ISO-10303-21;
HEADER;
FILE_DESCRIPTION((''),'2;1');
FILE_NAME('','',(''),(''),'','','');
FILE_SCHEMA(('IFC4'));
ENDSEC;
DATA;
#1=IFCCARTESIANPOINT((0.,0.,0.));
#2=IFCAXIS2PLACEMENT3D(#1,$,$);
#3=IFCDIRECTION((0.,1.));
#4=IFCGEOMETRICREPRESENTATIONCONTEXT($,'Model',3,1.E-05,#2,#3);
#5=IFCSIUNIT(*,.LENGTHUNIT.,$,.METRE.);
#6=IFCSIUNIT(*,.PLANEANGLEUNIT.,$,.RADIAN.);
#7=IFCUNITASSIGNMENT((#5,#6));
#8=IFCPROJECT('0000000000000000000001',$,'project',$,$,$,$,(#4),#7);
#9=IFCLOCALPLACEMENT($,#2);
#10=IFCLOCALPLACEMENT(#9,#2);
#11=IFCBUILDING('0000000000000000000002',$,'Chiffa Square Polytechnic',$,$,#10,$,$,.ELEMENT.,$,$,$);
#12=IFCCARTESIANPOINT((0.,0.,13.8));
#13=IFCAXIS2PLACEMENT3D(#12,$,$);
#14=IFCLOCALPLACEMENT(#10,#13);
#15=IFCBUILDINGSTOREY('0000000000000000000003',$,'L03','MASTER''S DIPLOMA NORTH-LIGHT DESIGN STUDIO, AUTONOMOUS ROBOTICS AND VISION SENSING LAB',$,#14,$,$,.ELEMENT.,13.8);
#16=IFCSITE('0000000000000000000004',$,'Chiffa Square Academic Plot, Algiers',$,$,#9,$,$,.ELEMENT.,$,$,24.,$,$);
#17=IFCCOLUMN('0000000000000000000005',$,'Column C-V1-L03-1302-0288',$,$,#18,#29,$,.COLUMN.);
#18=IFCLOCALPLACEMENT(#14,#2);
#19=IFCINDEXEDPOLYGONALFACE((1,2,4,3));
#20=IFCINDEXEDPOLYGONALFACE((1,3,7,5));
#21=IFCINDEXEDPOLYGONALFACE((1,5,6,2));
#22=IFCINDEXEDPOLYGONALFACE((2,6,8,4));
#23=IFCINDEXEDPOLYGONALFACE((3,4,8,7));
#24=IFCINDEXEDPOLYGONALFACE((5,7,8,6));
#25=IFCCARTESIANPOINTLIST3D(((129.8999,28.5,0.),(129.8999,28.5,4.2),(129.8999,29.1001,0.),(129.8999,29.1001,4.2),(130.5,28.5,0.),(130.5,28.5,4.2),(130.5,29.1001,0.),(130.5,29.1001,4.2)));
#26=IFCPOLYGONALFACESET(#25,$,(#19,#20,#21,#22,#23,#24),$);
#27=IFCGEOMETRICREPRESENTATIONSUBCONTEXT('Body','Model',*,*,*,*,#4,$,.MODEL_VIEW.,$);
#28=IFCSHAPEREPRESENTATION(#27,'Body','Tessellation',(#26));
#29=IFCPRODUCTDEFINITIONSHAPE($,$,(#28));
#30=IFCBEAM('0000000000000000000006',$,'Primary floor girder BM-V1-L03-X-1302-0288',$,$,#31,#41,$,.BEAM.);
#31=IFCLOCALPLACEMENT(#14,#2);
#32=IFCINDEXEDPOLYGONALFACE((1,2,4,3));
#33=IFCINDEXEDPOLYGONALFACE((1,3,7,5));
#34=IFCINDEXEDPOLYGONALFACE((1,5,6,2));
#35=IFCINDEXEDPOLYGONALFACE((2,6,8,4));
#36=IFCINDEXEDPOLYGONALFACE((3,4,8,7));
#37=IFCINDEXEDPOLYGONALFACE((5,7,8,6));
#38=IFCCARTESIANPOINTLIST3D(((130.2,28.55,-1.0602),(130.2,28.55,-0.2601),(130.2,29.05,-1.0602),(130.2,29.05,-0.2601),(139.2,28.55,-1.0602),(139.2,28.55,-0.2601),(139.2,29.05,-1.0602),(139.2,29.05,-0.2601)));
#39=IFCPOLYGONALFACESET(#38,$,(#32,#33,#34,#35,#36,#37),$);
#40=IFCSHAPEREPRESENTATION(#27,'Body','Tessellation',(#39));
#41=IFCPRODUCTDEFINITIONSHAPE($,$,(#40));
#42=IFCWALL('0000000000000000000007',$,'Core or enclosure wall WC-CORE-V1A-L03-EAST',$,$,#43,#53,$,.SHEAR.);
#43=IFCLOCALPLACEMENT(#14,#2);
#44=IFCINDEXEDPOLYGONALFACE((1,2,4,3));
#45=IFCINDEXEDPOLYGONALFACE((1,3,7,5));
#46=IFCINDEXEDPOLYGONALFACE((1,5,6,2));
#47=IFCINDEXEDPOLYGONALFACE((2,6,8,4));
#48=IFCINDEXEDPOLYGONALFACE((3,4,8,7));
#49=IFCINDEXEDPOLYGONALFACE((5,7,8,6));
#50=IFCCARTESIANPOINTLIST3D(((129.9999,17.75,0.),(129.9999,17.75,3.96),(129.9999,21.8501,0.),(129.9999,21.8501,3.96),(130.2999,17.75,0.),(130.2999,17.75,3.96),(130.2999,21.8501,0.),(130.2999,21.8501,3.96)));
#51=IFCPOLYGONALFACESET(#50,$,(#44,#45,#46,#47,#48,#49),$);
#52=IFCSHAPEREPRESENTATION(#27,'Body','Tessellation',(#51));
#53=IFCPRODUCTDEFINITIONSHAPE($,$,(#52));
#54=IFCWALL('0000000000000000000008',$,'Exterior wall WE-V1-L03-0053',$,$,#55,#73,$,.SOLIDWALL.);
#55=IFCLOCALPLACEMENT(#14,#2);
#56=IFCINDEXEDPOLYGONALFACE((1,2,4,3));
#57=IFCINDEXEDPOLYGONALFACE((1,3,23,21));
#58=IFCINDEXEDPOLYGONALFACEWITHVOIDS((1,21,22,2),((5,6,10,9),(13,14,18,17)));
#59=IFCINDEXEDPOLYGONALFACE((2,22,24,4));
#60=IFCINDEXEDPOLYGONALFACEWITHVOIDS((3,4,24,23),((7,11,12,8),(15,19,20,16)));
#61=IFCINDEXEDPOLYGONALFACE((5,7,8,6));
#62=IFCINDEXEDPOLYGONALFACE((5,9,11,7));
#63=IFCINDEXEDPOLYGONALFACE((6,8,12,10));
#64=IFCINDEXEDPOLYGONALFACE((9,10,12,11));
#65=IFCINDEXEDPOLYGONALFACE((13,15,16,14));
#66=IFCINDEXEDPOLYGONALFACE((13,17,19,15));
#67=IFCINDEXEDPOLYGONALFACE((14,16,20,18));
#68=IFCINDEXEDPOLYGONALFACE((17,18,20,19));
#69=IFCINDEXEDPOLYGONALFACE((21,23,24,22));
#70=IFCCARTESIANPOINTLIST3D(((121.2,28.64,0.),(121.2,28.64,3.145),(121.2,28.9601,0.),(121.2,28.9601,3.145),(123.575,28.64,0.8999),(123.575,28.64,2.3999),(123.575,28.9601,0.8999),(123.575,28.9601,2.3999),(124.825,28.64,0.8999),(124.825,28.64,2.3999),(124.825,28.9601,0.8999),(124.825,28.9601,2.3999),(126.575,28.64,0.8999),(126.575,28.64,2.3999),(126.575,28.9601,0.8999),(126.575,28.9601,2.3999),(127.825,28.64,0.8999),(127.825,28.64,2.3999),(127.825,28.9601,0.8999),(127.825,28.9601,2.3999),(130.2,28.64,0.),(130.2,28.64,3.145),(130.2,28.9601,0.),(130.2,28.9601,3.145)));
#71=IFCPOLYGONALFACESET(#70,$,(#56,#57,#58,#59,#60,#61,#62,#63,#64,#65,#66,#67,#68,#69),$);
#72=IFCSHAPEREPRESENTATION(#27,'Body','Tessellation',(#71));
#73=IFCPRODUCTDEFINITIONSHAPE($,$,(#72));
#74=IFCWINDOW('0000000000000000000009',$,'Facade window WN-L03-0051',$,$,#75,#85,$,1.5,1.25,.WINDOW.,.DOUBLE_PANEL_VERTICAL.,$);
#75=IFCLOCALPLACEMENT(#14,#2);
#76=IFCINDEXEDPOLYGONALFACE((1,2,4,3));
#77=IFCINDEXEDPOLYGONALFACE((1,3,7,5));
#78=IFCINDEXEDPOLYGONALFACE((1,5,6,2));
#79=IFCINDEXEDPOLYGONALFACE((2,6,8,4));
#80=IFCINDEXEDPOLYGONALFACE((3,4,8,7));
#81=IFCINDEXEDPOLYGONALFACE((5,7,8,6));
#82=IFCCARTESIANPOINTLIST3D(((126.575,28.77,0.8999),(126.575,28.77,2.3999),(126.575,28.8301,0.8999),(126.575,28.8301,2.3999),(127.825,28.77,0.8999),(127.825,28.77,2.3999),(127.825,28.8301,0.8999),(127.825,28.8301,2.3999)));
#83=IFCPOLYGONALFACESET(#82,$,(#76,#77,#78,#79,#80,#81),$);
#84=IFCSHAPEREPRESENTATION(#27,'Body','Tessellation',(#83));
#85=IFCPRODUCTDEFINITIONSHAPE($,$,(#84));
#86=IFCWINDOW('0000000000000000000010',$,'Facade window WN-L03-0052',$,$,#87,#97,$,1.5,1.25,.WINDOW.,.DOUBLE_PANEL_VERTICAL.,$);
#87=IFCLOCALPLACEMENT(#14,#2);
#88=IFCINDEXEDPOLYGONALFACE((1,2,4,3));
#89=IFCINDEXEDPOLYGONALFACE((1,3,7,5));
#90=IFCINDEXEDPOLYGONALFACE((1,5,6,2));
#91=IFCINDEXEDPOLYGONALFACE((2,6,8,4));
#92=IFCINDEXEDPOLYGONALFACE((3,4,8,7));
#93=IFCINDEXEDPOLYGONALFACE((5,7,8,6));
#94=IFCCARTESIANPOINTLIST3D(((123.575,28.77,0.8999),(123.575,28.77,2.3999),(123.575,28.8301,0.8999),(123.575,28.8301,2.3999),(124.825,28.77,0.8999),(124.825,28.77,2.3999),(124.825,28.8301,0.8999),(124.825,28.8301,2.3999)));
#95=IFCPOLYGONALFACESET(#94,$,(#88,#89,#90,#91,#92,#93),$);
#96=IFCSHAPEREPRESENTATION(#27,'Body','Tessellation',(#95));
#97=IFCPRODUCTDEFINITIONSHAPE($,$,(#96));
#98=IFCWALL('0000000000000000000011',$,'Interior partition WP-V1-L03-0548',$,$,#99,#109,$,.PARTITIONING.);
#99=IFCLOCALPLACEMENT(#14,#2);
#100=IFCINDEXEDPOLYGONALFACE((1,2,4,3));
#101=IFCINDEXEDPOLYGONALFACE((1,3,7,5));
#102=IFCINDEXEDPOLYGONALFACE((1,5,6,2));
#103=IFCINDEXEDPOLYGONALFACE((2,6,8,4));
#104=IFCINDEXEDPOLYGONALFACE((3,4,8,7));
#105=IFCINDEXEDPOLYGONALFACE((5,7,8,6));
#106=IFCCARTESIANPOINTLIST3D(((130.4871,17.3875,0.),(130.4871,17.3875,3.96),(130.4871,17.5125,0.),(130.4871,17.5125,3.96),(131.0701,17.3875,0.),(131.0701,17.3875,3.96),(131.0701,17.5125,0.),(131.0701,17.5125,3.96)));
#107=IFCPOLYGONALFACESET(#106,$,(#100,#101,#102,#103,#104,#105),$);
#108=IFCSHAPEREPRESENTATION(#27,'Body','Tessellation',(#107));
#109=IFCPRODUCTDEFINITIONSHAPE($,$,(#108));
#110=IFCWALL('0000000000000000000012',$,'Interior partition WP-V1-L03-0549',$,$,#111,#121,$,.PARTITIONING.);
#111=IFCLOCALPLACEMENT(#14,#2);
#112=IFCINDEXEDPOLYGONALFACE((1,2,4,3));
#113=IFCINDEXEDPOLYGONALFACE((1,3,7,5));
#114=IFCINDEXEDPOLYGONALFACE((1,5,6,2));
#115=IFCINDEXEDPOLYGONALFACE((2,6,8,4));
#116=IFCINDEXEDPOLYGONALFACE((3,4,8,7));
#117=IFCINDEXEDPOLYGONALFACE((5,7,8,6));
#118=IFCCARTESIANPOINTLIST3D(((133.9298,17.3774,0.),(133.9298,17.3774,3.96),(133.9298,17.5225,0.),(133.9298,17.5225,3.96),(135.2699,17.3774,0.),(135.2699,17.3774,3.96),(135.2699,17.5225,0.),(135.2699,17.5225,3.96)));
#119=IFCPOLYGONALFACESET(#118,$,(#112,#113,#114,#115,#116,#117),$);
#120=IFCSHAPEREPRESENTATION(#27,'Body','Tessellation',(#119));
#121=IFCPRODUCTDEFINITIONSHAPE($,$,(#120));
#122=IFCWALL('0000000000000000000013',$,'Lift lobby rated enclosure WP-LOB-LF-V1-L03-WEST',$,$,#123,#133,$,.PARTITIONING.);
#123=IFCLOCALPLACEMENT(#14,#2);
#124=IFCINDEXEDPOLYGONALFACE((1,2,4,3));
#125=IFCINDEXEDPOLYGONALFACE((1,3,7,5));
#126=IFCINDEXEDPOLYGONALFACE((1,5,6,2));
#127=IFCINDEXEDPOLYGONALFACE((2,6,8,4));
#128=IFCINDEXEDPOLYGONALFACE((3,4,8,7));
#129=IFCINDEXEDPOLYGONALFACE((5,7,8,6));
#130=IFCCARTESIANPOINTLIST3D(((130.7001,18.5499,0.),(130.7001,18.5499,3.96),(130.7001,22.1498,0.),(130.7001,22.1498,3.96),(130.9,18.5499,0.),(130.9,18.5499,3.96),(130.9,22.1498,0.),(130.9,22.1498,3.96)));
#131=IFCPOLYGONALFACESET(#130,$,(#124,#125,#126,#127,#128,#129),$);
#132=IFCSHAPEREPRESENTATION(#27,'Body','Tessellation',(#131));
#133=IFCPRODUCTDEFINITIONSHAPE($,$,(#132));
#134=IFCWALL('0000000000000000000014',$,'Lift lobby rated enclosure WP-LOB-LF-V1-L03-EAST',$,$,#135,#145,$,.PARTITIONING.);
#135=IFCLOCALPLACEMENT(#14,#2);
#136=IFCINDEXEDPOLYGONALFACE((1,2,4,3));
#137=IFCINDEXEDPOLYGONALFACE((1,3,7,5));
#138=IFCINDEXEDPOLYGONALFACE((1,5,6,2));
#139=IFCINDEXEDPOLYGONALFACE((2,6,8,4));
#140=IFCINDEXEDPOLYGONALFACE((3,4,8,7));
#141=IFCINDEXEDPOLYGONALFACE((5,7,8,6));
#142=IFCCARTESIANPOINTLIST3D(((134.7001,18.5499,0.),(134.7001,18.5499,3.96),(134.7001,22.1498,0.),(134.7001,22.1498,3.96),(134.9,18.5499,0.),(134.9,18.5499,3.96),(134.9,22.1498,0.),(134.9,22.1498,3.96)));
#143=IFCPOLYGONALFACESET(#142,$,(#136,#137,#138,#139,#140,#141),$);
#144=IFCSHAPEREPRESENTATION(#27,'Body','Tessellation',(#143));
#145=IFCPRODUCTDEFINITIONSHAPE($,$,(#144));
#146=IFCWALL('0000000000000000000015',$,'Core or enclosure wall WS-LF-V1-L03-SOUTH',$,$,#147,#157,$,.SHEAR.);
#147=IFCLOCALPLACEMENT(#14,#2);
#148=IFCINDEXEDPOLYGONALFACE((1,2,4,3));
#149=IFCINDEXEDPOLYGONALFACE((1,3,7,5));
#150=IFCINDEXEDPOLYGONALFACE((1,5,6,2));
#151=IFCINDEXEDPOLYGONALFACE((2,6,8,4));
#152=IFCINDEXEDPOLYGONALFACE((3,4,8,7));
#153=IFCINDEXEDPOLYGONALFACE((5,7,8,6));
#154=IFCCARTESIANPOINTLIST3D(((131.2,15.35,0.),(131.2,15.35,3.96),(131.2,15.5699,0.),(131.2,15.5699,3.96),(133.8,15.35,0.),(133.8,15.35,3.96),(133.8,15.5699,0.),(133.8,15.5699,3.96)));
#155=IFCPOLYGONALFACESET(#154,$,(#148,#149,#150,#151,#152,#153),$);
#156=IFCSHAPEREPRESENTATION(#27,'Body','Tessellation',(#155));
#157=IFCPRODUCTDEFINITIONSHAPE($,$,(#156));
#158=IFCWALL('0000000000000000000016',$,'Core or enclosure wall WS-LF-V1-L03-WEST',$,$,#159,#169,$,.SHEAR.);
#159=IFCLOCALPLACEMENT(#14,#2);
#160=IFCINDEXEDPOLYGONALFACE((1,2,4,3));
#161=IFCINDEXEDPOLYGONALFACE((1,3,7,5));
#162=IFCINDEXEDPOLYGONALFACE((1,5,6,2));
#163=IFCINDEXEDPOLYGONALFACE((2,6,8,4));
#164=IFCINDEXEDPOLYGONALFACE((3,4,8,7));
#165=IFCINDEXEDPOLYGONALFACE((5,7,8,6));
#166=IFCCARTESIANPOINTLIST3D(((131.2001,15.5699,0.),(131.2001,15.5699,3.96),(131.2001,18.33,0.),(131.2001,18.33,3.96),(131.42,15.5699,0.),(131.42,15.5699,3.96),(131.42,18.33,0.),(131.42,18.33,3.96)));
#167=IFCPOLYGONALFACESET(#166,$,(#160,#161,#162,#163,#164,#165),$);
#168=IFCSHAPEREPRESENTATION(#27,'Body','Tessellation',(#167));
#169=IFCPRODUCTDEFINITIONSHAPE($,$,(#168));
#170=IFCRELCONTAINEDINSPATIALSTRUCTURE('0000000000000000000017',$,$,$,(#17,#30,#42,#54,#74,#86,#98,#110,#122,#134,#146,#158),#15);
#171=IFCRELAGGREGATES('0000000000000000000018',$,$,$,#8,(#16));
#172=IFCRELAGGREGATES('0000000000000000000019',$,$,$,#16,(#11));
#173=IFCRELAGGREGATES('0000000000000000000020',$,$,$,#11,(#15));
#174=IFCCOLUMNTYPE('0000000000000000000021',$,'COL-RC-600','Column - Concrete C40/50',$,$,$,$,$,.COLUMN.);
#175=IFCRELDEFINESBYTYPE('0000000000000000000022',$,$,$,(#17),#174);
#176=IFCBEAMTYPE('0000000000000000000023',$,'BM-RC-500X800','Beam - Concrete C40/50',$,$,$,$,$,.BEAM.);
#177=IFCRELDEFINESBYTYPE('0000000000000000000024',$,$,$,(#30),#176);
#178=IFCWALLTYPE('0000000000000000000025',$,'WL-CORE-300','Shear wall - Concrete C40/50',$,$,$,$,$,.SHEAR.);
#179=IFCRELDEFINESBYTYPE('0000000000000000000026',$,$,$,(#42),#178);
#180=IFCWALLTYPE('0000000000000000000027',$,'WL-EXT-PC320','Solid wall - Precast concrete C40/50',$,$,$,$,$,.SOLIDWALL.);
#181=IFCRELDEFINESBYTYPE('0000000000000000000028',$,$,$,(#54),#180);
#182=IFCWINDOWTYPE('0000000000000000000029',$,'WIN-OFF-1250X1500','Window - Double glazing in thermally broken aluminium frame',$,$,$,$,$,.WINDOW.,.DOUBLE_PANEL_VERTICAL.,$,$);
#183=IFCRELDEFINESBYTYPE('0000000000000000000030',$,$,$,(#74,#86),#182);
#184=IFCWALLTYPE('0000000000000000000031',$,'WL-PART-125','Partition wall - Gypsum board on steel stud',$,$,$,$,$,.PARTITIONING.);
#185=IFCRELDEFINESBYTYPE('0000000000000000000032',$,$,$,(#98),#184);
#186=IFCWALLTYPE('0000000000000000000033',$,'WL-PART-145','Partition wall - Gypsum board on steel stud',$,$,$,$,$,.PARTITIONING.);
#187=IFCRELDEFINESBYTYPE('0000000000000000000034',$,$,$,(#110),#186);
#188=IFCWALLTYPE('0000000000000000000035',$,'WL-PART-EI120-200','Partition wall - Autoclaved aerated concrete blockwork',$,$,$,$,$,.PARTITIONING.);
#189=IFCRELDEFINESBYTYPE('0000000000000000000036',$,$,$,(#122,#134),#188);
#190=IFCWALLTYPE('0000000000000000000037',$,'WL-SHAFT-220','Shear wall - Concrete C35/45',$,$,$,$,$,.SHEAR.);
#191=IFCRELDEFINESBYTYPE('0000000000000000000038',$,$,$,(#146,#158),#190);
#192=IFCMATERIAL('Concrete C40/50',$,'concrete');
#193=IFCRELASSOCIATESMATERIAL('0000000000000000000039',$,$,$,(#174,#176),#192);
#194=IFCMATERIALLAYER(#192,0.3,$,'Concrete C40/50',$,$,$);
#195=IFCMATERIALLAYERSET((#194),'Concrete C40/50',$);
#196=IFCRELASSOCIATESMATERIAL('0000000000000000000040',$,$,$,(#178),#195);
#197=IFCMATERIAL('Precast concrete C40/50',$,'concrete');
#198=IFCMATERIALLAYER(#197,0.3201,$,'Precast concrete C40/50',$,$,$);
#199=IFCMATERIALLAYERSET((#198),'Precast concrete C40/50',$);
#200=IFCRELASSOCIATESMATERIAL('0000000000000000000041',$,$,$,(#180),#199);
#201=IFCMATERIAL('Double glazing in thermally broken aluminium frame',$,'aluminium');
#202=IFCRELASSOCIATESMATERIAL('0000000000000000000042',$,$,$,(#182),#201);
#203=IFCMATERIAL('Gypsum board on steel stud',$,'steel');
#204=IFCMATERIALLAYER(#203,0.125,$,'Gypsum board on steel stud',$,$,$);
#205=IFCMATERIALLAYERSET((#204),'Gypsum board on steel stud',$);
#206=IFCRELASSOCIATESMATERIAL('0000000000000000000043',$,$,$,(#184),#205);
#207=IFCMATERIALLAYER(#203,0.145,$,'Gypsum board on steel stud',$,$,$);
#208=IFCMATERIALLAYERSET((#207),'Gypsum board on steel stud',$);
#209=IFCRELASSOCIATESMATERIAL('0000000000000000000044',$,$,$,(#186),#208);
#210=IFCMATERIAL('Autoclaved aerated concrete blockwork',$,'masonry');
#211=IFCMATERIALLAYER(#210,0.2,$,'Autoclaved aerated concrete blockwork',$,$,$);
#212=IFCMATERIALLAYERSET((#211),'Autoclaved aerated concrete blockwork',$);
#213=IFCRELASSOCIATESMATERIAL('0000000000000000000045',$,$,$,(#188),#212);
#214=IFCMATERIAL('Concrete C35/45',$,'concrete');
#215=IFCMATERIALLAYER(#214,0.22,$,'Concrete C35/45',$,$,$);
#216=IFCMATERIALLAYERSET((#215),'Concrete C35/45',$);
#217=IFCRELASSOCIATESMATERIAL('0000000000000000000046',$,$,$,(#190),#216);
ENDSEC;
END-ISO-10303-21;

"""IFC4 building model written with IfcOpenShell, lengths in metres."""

from ifc_helpers import new_model, si_unit, direction, frame, frame_2d, origin, origin_2d, place, context, subcontext, project, spatial, rectangle, extrude, material, layer, layer_set, material_profile, profile_set, type_object, element, fill, save


model = new_model("IFC4")

# Units and contexts
model_context = context("Model", 3, precision=1e-05, world=origin(), true_north=direction((0.0, 1.0)))
body_context = subcontext(model_context, "Body", "Model", "MODEL_VIEW")
ifc_project = project(units=[si_unit("LENGTHUNIT", "METRE"), si_unit("PLANEANGLEUNIT", "RADIAN")], contexts=[model_context])

# Site, building, storey
site_placement = place(None, origin())
site = spatial("IfcSite", under=ifc_project, at=site_placement, Name="Chiffa Square Academic Plot, Algiers", CompositionType="ELEMENT", RefElevation=24.0)
building_placement = place(site_placement, origin())
building = spatial("IfcBuilding", under=site, at=building_placement, Name="Chiffa Square Polytechnic", CompositionType="ELEMENT")
storey_placement = place(building_placement, frame((0.0, 0.0, 13.8)))
storey = spatial("IfcBuildingStorey", under=building, at=storey_placement, Name="L03", Description="MASTER'S DIPLOMA NORTH-LIGHT DESIGN STUDIO, AUTONOMOUS ROBOTICS AND VISION SENSING LAB", CompositionType="ELEMENT", Elevation=13.8)

# Column
ifc_material_1 = material(Name="Concrete C40/50", Category="concrete")
ifc_material_profile_1 = material_profile(ifc_material_1, rectangle(XDim=0.6001, YDim=0.6001, at=origin_2d()), Name="RC 600x600")
ifc_profile_set_1 = profile_set([ifc_material_profile_1], Name="Concrete C40/50")
column_type = type_object("IfcColumnType", Name="COL-RC-600", Description="Column - Concrete C40/50", PredefinedType="COLUMN", material=ifc_profile_set_1)
column_placement = place(storey_placement, frame((130.2, 28.8, 0.0), z_axis=(0.0, 0.0, 1.0), x_axis=(1.0, 0.0, 0.0)))
element("IfcColumn", 1, at=column_placement, inside=storey, type_object=column_type, Name="Column C-V1-L03-1302-0288", PredefinedType="COLUMN", context=body_context, shape_type="SweptSolid", body=[
    extrude(rectangle(XDim=0.6001, YDim=0.6001, at=origin_2d()), origin(), (0.0, 0.0, 1.0), 4.2),
])

# Beam
ifc_material_profile_2 = material_profile(ifc_material_1, rectangle(XDim=0.5, YDim=0.8, at=origin_2d()), Name="RC 500x800")
ifc_profile_set_2 = profile_set([ifc_material_profile_2], Name="Concrete C40/50")
beam_type = type_object("IfcBeamType", Name="BM-RC-500X800", Description="Beam - Concrete C40/50", PredefinedType="BEAM", material=ifc_profile_set_2)
beam_placement = place(storey_placement, frame((130.2, 28.8, -0.6602), z_axis=(1.0, 0.0, 0.0), x_axis=(0.0, 1.0, 0.0)))
element("IfcBeam", 2, at=beam_placement, inside=storey, type_object=beam_type, Name="Primary floor girder BM-V1-L03-X-1302-0288", PredefinedType="BEAM", context=body_context, shape_type="SweptSolid", body=[
    extrude(rectangle(XDim=0.5, YDim=0.8, at=origin_2d()), origin(), (0.0, 0.0, 1.0), 9.0),
])

# Wall
ifc_layer_1 = layer(ifc_material_1, 0.3, Name="Concrete C40/50")
ifc_layer_set_1 = layer_set([ifc_layer_1], Name="Concrete C40/50")
wall_type_1 = type_object("IfcWallType", Name="WL-CORE-300", Description="Shear wall - Concrete C40/50", PredefinedType="SHEAR", material=ifc_layer_set_1)
wall_1_placement = place(storey_placement, frame((130.1499, 17.75, 0.0), z_axis=(0.0, 0.0, 1.0), x_axis=(0.0, 1.0, 0.0)))
element("IfcWall", 3, at=wall_1_placement, inside=storey, type_object=wall_type_1, Name="Core or enclosure wall WC-CORE-V1A-L03-EAST", PredefinedType="SHEAR", context=body_context, shape_type="SweptSolid", body=[
    extrude(rectangle(XDim=4.1001, YDim=0.3, at=frame_2d((2.05, 0.0))), origin(), (0.0, 0.0, 1.0), 3.96),
])

# Wall, openings, windows
ifc_material_2 = material(Name="Precast concrete C40/50", Category="concrete")
ifc_layer_2 = layer(ifc_material_2, 0.3201, Name="Precast concrete C40/50")
ifc_layer_set_2 = layer_set([ifc_layer_2], Name="Precast concrete C40/50")
wall_type_2 = type_object("IfcWallType", Name="WL-EXT-PC320", Description="Solid wall - Precast concrete C40/50", PredefinedType="SOLIDWALL", material=ifc_layer_set_2)
wall_2_placement = place(storey_placement, frame((130.2, 28.8, 0.0), z_axis=(0.0, 0.0, 1.0), x_axis=(-1.0, 0.0, 0.0)))
wall_2 = element("IfcWall", 4, at=wall_2_placement, inside=storey, type_object=wall_type_2, Name="Exterior wall WE-V1-L03-0053", PredefinedType="SOLIDWALL", context=body_context, shape_type="SweptSolid", body=[
    extrude(rectangle(XDim=9.0, YDim=0.3201, at=frame_2d((4.5, 0.0))), origin(), (0.0, 0.0, 1.0), 3.145),
])
opening_1_placement = place(wall_2_placement, frame((2.375, 0.0, 0.8999)))
opening_1 = element("IfcOpeningElement", 5, at=opening_1_placement, cuts=wall_2, PredefinedType="OPENING", context=body_context, shape_type="SweptSolid", body=[
    extrude(rectangle(XDim=1.25, YDim=1.5, at=frame_2d((0.625, 0.75))), frame((0.0, 0.1699, 0.0), z_axis=(0.0, -1.0, 0.0), x_axis=(1.0, 0.0, 0.0)), (0.0, 0.0, 1.0), 0.3401),
])
opening_2_placement = place(wall_2_placement, frame((5.375, 0.0, 0.8999)))
opening_2 = element("IfcOpeningElement", 6, at=opening_2_placement, cuts=wall_2, PredefinedType="OPENING", context=body_context, shape_type="SweptSolid", body=[
    extrude(rectangle(XDim=1.25, YDim=1.5, at=frame_2d((0.625, 0.75))), frame((0.0, 0.1699, 0.0), z_axis=(0.0, -1.0, 0.0), x_axis=(1.0, 0.0, 0.0)), (0.0, 0.0, 1.0), 0.3401),
])
ifc_material_3 = material(Name="Double glazing in thermally broken aluminium frame", Category="aluminium")
window_type = type_object("IfcWindowType", Name="WIN-OFF-1250X1500", Description="Window - Double glazing in thermally broken aluminium frame", PartitioningType="DOUBLE_PANEL_VERTICAL", PredefinedType="WINDOW", material=ifc_material_3)
window_1_placement = place(opening_1_placement, origin())
window_1 = element("IfcWindow", 7, at=window_1_placement, inside=storey, type_object=window_type, Name="Facade window WN-L03-0051", OverallHeight=1.5, OverallWidth=1.25, PartitioningType="DOUBLE_PANEL_VERTICAL", PredefinedType="WINDOW", context=body_context, shape_type="SweptSolid", body=[
    extrude(rectangle(XDim=1.25, YDim=1.5, at=frame_2d((0.625, 0.75))), frame((0.0, 0.03, 0.0), z_axis=(0.0, -1.0, 0.0), x_axis=(1.0, 0.0, 0.0)), (0.0, 0.0, 1.0), 0.0601),
])
fill(opening_1, window_1)
window_2_placement = place(opening_2_placement, origin())
window_2 = element("IfcWindow", 8, at=window_2_placement, inside=storey, type_object=window_type, Name="Facade window WN-L03-0052", OverallHeight=1.5, OverallWidth=1.25, PartitioningType="DOUBLE_PANEL_VERTICAL", PredefinedType="WINDOW", context=body_context, shape_type="SweptSolid", body=[
    extrude(rectangle(XDim=1.25, YDim=1.5, at=frame_2d((0.625, 0.75))), frame((0.0, 0.03, 0.0), z_axis=(0.0, -1.0, 0.0), x_axis=(1.0, 0.0, 0.0)), (0.0, 0.0, 1.0), 0.0601),
])
fill(opening_2, window_2)

# Shared definitions
ifc_material_4 = material(Name="Gypsum board on steel stud", Category="steel")
ifc_layer_3 = layer(ifc_material_4, 0.125, Name="Gypsum board on steel stud")
ifc_layer_set_3 = layer_set([ifc_layer_3], Name="Gypsum board on steel stud")
wall_type_3 = type_object("IfcWallType", Name="WL-PART-125", Description="Partition wall - Gypsum board on steel stud", PredefinedType="PARTITIONING", material=ifc_layer_set_3)

# Walls
wall_3_placement = place(storey_placement, frame((130.4871, 17.45, 0.0), z_axis=(0.0, 0.0, 1.0), x_axis=(1.0, 0.0, 0.0)))
element("IfcWall", 9, at=wall_3_placement, inside=storey, type_object=wall_type_3, Name="Interior partition WP-V1-L03-0548", PredefinedType="PARTITIONING", context=body_context, shape_type="SweptSolid", body=[
    extrude(rectangle(XDim=0.583, YDim=0.125, at=frame_2d((0.2915, 0.0))), origin(), (0.0, 0.0, 1.0), 3.96),
])
ifc_layer_4 = layer(ifc_material_4, 0.145, Name="Gypsum board on steel stud")
ifc_layer_set_4 = layer_set([ifc_layer_4], Name="Gypsum board on steel stud")
wall_type_4 = type_object("IfcWallType", Name="WL-PART-145", Description="Partition wall - Gypsum board on steel stud", PredefinedType="PARTITIONING", material=ifc_layer_set_4)
wall_4_placement = place(storey_placement, frame((133.9299, 17.45, 0.0), z_axis=(0.0, 0.0, 1.0), x_axis=(1.0, 0.0, 0.0)))
element("IfcWall", 10, at=wall_4_placement, inside=storey, type_object=wall_type_4, Name="Interior partition WP-V1-L03-0549", PredefinedType="PARTITIONING", context=body_context, shape_type="SweptSolid", body=[
    extrude(rectangle(XDim=1.3401, YDim=0.145, at=frame_2d((0.6699, 0.0))), origin(), (0.0, 0.0, 1.0), 3.96),
])

# Shared definitions
ifc_material_5 = material(Name="Autoclaved aerated concrete blockwork", Category="masonry")
ifc_layer_5 = layer(ifc_material_5, 0.2, Name="Autoclaved aerated concrete blockwork")
ifc_layer_set_5 = layer_set([ifc_layer_5], Name="Autoclaved aerated concrete blockwork")
wall_type_5 = type_object("IfcWallType", Name="WL-PART-EI120-200", Description="Partition wall - Autoclaved aerated concrete blockwork", PredefinedType="PARTITIONING", material=ifc_layer_set_5)

# Walls
for number, where, z_axis, x_axis, name in (
    (11, (130.8, 18.55, 0.0), (0.0, 0.0, 1.0), (0.0, 1.0, 0.0), "Lift lobby rated enclosure WP-LOB-LF-V1-L03-WEST"),
    (12, (134.8, 18.55, 0.0), (0.0, 0.0, 1.0), (0.0, 1.0, 0.0), "Lift lobby rated enclosure WP-LOB-LF-V1-L03-EAST"),
):
    element("IfcWall", number, at=place(storey_placement, frame(where, z_axis=z_axis, x_axis=x_axis)), inside=storey, type_object=wall_type_5, Name=name, PredefinedType="PARTITIONING", context=body_context, shape_type="SweptSolid", body=[
        extrude(rectangle(XDim=3.5999, YDim=0.2, at=frame_2d((1.7998, 0.0))), origin(), (0.0, 0.0, 1.0), 3.96),
    ])
ifc_material_6 = material(Name="Concrete C35/45", Category="concrete")
ifc_layer_6 = layer(ifc_material_6, 0.22, Name="Concrete C35/45")
ifc_layer_set_6 = layer_set([ifc_layer_6], Name="Concrete C35/45")
wall_type_6 = type_object("IfcWallType", Name="WL-SHAFT-220", Description="Shear wall - Concrete C35/45", PredefinedType="SHEAR", material=ifc_layer_set_6)
wall_5_placement = place(storey_placement, frame((131.2, 15.46, 0.0), z_axis=(0.0, 0.0, 1.0), x_axis=(1.0, 0.0, 0.0)))
element("IfcWall", 13, at=wall_5_placement, inside=storey, type_object=wall_type_6, Name="Core or enclosure wall WS-LF-V1-L03-SOUTH", PredefinedType="SHEAR", context=body_context, shape_type="SweptSolid", body=[
    extrude(rectangle(XDim=2.6001, YDim=0.22, at=frame_2d((1.3, 0.0))), origin(), (0.0, 0.0, 1.0), 3.96),
])

# Wall
for number, where, z_axis, x_axis, name in (
    (14, (131.3101, 15.5701, 0.0), (0.0, 0.0, 1.0), (0.0, 1.0, 0.0), "Core or enclosure wall WS-LF-V1-L03-WEST"),
):
    element("IfcWall", number, at=place(storey_placement, frame(where, z_axis=z_axis, x_axis=x_axis)), inside=storey, type_object=wall_type_6, Name=name, PredefinedType="SHEAR", context=body_context, shape_type="SweptSolid", body=[
        extrude(rectangle(XDim=2.76, YDim=0.22, at=frame_2d((1.3799, 0.0))), origin(), (0.0, 0.0, 1.0), 3.96),
    ])

save(model, "model.ifc")
